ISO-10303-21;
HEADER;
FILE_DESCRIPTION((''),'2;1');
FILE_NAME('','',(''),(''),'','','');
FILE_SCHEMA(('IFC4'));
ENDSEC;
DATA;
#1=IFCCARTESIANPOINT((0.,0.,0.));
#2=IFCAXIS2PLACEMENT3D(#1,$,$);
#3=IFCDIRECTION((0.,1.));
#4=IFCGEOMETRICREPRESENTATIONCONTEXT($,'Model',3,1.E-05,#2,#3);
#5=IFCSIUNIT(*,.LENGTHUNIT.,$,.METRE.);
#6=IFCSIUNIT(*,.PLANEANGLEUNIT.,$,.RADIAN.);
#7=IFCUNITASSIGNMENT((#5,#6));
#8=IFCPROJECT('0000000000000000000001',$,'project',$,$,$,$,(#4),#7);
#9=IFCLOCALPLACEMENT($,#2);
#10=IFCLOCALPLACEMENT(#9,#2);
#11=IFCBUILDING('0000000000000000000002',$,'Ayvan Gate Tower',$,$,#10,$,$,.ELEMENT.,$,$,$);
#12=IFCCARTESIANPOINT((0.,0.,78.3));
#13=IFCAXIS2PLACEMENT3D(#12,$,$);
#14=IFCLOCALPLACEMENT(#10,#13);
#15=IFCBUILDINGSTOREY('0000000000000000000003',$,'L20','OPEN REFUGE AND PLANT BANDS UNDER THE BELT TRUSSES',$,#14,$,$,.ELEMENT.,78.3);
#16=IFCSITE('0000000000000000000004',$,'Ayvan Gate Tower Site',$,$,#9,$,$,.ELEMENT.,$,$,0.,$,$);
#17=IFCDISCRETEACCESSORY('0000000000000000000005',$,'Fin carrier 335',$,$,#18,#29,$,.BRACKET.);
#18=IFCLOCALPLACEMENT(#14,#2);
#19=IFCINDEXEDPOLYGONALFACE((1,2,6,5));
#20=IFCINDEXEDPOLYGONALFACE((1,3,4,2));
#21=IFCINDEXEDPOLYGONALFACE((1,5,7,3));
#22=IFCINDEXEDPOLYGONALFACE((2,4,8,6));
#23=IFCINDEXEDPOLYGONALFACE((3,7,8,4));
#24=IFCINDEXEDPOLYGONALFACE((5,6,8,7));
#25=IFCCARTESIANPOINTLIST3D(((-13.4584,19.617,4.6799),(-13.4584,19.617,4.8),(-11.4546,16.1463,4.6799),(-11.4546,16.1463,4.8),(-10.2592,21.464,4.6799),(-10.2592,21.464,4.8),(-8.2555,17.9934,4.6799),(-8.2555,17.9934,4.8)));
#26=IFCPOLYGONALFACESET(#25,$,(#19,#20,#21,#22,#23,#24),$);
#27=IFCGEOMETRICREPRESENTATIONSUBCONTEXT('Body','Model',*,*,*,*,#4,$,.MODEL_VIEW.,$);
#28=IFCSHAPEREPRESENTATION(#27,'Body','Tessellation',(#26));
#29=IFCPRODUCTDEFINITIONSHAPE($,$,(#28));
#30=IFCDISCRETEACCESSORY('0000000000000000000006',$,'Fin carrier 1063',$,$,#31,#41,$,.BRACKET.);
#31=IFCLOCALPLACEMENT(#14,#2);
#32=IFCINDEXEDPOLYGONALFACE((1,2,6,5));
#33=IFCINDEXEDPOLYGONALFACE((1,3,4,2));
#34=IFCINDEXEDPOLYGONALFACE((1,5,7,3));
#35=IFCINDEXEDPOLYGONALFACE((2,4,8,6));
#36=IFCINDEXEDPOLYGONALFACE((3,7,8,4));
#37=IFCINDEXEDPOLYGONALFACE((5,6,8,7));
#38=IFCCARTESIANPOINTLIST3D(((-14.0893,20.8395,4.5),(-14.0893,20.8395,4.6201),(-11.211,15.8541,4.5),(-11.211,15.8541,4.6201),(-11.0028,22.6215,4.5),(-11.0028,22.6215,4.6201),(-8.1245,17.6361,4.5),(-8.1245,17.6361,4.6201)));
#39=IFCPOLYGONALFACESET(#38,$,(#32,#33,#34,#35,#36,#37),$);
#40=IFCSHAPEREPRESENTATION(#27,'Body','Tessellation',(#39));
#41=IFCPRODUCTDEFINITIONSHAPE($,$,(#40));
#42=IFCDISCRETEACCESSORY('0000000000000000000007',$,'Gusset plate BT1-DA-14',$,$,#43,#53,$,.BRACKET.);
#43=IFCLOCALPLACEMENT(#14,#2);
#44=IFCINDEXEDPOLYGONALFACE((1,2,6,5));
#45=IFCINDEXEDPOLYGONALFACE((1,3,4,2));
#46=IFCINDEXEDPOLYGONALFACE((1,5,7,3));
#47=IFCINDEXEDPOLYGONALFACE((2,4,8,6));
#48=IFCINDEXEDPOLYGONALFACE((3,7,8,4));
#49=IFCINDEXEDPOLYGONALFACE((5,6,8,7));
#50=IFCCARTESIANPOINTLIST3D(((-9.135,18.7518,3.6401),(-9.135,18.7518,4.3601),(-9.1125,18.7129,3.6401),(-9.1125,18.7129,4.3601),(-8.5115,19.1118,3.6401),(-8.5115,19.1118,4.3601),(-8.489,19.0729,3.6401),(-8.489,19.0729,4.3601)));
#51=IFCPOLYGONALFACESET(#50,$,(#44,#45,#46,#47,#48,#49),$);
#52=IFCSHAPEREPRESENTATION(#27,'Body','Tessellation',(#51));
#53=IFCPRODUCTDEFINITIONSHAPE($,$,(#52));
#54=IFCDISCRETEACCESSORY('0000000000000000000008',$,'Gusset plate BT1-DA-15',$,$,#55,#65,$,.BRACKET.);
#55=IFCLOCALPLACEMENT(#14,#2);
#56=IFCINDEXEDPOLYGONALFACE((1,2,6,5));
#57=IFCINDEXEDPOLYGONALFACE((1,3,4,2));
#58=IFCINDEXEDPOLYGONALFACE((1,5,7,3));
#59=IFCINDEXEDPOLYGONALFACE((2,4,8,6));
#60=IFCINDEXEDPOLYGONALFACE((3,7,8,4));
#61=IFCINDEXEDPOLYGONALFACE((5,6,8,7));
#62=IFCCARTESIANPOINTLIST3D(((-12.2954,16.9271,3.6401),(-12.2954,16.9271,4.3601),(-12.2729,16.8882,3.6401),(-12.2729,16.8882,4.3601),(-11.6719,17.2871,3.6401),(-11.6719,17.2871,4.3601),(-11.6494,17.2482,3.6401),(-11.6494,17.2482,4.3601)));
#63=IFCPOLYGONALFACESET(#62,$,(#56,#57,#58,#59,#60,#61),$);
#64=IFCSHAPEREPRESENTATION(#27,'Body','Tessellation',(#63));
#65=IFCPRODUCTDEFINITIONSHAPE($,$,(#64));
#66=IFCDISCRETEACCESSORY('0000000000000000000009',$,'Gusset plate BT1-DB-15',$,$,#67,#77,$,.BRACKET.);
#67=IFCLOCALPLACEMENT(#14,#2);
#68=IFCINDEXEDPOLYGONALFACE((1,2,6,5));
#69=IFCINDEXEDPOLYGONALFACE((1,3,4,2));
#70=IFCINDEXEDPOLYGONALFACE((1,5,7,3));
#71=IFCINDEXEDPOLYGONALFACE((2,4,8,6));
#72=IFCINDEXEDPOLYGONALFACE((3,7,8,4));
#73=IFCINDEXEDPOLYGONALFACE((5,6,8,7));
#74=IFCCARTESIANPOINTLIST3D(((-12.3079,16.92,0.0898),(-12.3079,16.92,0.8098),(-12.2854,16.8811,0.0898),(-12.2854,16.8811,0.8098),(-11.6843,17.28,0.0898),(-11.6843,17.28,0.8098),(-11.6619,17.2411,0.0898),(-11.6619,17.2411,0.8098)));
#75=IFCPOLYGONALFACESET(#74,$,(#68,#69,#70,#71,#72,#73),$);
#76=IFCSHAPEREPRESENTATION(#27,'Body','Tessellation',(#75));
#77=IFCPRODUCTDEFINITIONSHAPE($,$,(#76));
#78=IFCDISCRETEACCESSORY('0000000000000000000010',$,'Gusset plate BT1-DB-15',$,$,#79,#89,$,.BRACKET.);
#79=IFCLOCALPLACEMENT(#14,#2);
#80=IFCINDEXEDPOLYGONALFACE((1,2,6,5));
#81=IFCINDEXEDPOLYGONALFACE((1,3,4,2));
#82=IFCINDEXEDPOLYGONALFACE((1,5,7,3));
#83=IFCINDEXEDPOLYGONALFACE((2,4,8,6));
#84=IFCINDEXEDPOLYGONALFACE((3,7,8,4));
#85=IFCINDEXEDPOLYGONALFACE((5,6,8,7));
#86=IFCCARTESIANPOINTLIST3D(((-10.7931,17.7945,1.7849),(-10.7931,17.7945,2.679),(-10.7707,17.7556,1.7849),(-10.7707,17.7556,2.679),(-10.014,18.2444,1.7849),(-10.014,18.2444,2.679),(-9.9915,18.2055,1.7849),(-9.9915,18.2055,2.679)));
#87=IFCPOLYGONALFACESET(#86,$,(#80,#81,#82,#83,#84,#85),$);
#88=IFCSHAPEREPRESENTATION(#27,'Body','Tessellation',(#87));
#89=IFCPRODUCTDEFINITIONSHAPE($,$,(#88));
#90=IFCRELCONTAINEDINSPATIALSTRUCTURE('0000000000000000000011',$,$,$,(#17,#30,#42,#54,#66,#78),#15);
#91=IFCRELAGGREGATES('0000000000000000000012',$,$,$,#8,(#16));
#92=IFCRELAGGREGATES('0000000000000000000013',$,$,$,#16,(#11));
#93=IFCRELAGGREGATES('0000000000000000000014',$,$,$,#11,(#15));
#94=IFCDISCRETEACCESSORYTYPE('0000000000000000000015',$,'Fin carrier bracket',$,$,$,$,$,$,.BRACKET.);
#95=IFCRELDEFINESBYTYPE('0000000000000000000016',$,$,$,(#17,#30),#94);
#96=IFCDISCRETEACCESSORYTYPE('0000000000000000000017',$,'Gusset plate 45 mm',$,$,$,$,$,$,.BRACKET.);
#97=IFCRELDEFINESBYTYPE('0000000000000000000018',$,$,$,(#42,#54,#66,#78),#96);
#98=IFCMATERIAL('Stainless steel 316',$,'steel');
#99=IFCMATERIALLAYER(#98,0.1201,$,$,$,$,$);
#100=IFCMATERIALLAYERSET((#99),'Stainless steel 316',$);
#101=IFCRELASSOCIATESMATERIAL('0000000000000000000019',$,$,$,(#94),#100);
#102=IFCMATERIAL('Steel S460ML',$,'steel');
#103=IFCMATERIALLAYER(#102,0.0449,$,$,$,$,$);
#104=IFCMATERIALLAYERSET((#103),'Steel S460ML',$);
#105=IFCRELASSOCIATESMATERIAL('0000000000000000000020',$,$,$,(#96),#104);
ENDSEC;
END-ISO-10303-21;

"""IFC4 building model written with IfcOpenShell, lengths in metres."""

from ifc_helpers import new_model, si_unit, direction, frame, origin, origin_2d, place, context, subcontext, project, spatial, rectangle, extrude, material, layer, layer_set, type_object, element, save


model = new_model("IFC4")

# Units and contexts
model_context = context("Model", 3, precision=1e-05, world=origin(), true_north=direction((0.0, 1.0)))
body_context = subcontext(model_context, "Body", "Model", "MODEL_VIEW")
ifc_project = project(units=[si_unit("LENGTHUNIT", "METRE"), si_unit("PLANEANGLEUNIT", "RADIAN")], contexts=[model_context])

# Site, building, storey
site_placement = place(None, origin())
site = spatial("IfcSite", under=ifc_project, at=site_placement, Name="Ayvan Gate Tower Site", CompositionType="ELEMENT", RefElevation=0.0)
building_placement = place(site_placement, origin())
building = spatial("IfcBuilding", under=site, at=building_placement, Name="Ayvan Gate Tower", CompositionType="ELEMENT")
storey_placement = place(building_placement, frame((0.0, 0.0, 78.3)))
storey = spatial("IfcBuildingStorey", under=building, at=storey_placement, Name="L20", Description="OPEN REFUGE AND PLANT BANDS UNDER THE BELT TRUSSES", CompositionType="ELEMENT", Elevation=78.3)

# Shared definitions
ifc_material_1 = material(Name="Steel S460ML", Category="steel")

# Discrete accessories
ifc_material_2 = material(Name="Stainless steel 316", Category="steel")
ifc_layer_1 = layer(ifc_material_2, 0.1201)
ifc_layer_set_1 = layer_set([ifc_layer_1], Name="Stainless steel 316")
discrete_accessory_type_1 = type_object("IfcDiscreteAccessoryType", Name="Fin carrier bracket", PredefinedType="BRACKET", material=ifc_layer_set_1)
discrete_accessory_1_placement = place(storey_placement, frame((-10.8569, 18.8052, 4.6799), z_axis=(0.0, 0.0, 1.0), x_axis=(-0.866025, -0.5, 0.0)))
element("IfcDiscreteAccessory", 1, at=discrete_accessory_1_placement, inside=storey, type_object=discrete_accessory_type_1, Name="Fin carrier 335", PredefinedType="BRACKET", context=body_context, shape_type="SweptSolid", body=[
    extrude(rectangle(XDim=3.6941, YDim=4.0076, at=origin_2d()), origin(), (0.0, 0.0, 1.0), 0.1201),
])
discrete_accessory_2_placement = place(storey_placement, frame((-11.1069, 19.2378, 4.5), z_axis=(0.0, 0.0, 1.0), x_axis=(-0.866025, -0.5, 0.0)))
element("IfcDiscreteAccessory", 2, at=discrete_accessory_2_placement, inside=storey, type_object=discrete_accessory_type_1, Name="Fin carrier 1063", PredefinedType="BRACKET", context=body_context, shape_type="SweptSolid", body=[
    extrude(rectangle(XDim=3.564, YDim=5.7566, at=origin_2d()), origin(), (0.0, 0.0, 1.0), 0.1201),
])
ifc_layer_2 = layer(ifc_material_1, 0.0449)
ifc_layer_set_2 = layer_set([ifc_layer_2], Name="Steel S460ML")
discrete_accessory_type_2 = type_object("IfcDiscreteAccessoryType", Name="Gusset plate 45 mm", PredefinedType="BRACKET", material=ifc_layer_set_2)
for number, where, z_axis, x_axis, name in (
    (3, (-8.812, 18.9124, 3.6401), (0.0, 0.0, 1.0), (0.866025, 0.5, 0.0), "Gusset plate BT1-DA-14"),
    (4, (-11.9724, 17.0876, 3.6401), (0.0, 0.0, 1.0), (0.866025, 0.5, 0.0), "Gusset plate BT1-DA-15"),
    (5, (-11.9849, 17.0806, 0.0898), (0.0, 0.0, 1.0), (0.866025, 0.5, 0.0), "Gusset plate BT1-DB-15"),
):
    element("IfcDiscreteAccessory", number, at=place(storey_placement, frame(where, z_axis=z_axis, x_axis=x_axis)), inside=storey, type_object=discrete_accessory_type_2, Name=name, PredefinedType="BRACKET", context=body_context, shape_type="SweptSolid", body=[
        extrude(rectangle(XDim=0.72, YDim=0.0449, at=origin_2d()), origin(), (0.0, 0.0, 1.0), 0.72),
    ])
discrete_accessory_3_placement = place(storey_placement, frame((-10.3923, 18.0, 1.7849), z_axis=(0.0, 0.0, 1.0), x_axis=(0.866025, 0.5, 0.0)))
element("IfcDiscreteAccessory", 6, at=discrete_accessory_3_placement, inside=storey, type_object=discrete_accessory_type_2, Name="Gusset plate BT1-DB-15", PredefinedType="BRACKET", context=body_context, shape_type="SweptSolid", body=[
    extrude(rectangle(XDim=0.8997, YDim=0.0449, at=origin_2d()), origin(), (0.0, 0.0, 1.0), 0.894),
])

save(model, "model.ifc")
